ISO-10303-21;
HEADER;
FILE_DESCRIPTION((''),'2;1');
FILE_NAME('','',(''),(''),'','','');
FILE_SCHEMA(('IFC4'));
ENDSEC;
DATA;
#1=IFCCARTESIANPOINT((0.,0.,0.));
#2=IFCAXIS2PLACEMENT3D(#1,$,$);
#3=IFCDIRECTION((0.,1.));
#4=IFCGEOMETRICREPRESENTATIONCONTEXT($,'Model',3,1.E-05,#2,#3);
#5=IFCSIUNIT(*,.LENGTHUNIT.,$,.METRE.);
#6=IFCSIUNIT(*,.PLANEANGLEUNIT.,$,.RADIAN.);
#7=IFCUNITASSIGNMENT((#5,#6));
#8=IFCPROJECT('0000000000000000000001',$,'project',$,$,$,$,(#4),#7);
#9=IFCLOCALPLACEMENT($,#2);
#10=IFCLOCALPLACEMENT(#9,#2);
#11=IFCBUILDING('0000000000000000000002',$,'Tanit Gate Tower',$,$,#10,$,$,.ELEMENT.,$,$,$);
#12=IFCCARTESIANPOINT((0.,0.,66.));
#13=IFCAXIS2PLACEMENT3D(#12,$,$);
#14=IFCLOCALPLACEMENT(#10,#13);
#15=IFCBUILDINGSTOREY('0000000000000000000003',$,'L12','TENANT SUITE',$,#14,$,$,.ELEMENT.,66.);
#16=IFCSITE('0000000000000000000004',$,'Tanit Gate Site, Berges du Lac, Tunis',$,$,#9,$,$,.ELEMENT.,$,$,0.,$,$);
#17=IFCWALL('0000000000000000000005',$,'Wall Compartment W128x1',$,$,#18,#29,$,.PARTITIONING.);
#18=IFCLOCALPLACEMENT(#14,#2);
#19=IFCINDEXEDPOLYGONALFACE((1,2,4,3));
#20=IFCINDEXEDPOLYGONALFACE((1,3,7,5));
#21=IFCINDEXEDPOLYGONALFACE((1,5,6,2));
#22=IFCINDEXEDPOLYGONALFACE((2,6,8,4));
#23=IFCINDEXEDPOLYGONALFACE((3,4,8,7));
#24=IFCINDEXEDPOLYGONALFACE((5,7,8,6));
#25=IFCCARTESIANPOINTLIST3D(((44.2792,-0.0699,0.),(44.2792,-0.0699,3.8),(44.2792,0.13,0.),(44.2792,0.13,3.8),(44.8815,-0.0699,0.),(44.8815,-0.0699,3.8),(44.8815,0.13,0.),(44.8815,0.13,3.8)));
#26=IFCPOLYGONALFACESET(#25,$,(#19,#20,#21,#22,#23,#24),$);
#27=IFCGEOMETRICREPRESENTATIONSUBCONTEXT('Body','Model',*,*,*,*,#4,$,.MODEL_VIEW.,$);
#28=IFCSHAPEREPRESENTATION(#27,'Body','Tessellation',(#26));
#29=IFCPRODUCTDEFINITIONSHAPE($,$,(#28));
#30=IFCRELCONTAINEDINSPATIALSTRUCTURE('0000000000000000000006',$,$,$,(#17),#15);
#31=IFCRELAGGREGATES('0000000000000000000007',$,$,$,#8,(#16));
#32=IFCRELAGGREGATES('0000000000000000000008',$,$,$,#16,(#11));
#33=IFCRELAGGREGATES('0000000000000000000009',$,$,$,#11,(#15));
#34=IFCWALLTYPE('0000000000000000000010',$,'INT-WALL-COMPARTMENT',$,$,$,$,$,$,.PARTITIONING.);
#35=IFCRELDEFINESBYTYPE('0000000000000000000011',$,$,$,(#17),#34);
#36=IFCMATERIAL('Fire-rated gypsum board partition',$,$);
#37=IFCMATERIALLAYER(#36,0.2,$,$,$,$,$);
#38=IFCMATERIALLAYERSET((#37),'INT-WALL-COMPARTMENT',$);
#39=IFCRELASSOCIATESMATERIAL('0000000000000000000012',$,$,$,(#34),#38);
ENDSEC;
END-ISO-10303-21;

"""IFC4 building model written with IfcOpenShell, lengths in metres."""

from ifc_helpers import new_model, si_unit, direction, frame, frame_2d, origin, place, context, subcontext, project, spatial, rectangle, extrude, material, layer, layer_set, type_object, element, save


model = new_model("IFC4")

# Units and contexts
model_context = context("Model", 3, precision=1e-05, world=origin(), true_north=direction((0.0, 1.0)))
body_context = subcontext(model_context, "Body", "Model", "MODEL_VIEW")
ifc_project = project(units=[si_unit("LENGTHUNIT", "METRE"), si_unit("PLANEANGLEUNIT", "RADIAN")], contexts=[model_context])

# Site, building, storey
site_placement = place(None, origin())
site = spatial("IfcSite", under=ifc_project, at=site_placement, Name="Tanit Gate Site, Berges du Lac, Tunis", CompositionType="ELEMENT", RefElevation=0.0)
building_placement = place(site_placement, origin())
building = spatial("IfcBuilding", under=site, at=building_placement, Name="Tanit Gate Tower", CompositionType="ELEMENT")
storey_placement = place(building_placement, frame((0.0, 0.0, 66.0)))
storey = spatial("IfcBuildingStorey", under=building, at=storey_placement, Name="L12", Description="TENANT SUITE", CompositionType="ELEMENT", Elevation=66.0)

# Wall
ifc_material_1 = material(Name="Fire-rated gypsum board partition")
ifc_layer_1 = layer(ifc_material_1, 0.2)
ifc_layer_set_1 = layer_set([ifc_layer_1], Name="INT-WALL-COMPARTMENT")
wall_type_1 = type_object("IfcWallType", Name="INT-WALL-COMPARTMENT", PredefinedType="PARTITIONING", material=ifc_layer_set_1)
wall_1_placement = place(storey_placement, frame((44.2791, 0.03, 0.0), z_axis=(0.0, 0.0, 1.0), x_axis=(1.0, 0.0, 0.0)))
element("IfcWall", 1, at=wall_1_placement, inside=storey, type_object=wall_type_1, Name="Wall Compartment W128x1", PredefinedType="PARTITIONING", context=body_context, shape_type="SweptSolid", body=[
    extrude(rectangle(XDim=0.6023, YDim=0.2, at=frame_2d((0.3013, 0.0))), origin(), (0.0, 0.0, 1.0), 3.8),
])

save(model, "model.ifc")
